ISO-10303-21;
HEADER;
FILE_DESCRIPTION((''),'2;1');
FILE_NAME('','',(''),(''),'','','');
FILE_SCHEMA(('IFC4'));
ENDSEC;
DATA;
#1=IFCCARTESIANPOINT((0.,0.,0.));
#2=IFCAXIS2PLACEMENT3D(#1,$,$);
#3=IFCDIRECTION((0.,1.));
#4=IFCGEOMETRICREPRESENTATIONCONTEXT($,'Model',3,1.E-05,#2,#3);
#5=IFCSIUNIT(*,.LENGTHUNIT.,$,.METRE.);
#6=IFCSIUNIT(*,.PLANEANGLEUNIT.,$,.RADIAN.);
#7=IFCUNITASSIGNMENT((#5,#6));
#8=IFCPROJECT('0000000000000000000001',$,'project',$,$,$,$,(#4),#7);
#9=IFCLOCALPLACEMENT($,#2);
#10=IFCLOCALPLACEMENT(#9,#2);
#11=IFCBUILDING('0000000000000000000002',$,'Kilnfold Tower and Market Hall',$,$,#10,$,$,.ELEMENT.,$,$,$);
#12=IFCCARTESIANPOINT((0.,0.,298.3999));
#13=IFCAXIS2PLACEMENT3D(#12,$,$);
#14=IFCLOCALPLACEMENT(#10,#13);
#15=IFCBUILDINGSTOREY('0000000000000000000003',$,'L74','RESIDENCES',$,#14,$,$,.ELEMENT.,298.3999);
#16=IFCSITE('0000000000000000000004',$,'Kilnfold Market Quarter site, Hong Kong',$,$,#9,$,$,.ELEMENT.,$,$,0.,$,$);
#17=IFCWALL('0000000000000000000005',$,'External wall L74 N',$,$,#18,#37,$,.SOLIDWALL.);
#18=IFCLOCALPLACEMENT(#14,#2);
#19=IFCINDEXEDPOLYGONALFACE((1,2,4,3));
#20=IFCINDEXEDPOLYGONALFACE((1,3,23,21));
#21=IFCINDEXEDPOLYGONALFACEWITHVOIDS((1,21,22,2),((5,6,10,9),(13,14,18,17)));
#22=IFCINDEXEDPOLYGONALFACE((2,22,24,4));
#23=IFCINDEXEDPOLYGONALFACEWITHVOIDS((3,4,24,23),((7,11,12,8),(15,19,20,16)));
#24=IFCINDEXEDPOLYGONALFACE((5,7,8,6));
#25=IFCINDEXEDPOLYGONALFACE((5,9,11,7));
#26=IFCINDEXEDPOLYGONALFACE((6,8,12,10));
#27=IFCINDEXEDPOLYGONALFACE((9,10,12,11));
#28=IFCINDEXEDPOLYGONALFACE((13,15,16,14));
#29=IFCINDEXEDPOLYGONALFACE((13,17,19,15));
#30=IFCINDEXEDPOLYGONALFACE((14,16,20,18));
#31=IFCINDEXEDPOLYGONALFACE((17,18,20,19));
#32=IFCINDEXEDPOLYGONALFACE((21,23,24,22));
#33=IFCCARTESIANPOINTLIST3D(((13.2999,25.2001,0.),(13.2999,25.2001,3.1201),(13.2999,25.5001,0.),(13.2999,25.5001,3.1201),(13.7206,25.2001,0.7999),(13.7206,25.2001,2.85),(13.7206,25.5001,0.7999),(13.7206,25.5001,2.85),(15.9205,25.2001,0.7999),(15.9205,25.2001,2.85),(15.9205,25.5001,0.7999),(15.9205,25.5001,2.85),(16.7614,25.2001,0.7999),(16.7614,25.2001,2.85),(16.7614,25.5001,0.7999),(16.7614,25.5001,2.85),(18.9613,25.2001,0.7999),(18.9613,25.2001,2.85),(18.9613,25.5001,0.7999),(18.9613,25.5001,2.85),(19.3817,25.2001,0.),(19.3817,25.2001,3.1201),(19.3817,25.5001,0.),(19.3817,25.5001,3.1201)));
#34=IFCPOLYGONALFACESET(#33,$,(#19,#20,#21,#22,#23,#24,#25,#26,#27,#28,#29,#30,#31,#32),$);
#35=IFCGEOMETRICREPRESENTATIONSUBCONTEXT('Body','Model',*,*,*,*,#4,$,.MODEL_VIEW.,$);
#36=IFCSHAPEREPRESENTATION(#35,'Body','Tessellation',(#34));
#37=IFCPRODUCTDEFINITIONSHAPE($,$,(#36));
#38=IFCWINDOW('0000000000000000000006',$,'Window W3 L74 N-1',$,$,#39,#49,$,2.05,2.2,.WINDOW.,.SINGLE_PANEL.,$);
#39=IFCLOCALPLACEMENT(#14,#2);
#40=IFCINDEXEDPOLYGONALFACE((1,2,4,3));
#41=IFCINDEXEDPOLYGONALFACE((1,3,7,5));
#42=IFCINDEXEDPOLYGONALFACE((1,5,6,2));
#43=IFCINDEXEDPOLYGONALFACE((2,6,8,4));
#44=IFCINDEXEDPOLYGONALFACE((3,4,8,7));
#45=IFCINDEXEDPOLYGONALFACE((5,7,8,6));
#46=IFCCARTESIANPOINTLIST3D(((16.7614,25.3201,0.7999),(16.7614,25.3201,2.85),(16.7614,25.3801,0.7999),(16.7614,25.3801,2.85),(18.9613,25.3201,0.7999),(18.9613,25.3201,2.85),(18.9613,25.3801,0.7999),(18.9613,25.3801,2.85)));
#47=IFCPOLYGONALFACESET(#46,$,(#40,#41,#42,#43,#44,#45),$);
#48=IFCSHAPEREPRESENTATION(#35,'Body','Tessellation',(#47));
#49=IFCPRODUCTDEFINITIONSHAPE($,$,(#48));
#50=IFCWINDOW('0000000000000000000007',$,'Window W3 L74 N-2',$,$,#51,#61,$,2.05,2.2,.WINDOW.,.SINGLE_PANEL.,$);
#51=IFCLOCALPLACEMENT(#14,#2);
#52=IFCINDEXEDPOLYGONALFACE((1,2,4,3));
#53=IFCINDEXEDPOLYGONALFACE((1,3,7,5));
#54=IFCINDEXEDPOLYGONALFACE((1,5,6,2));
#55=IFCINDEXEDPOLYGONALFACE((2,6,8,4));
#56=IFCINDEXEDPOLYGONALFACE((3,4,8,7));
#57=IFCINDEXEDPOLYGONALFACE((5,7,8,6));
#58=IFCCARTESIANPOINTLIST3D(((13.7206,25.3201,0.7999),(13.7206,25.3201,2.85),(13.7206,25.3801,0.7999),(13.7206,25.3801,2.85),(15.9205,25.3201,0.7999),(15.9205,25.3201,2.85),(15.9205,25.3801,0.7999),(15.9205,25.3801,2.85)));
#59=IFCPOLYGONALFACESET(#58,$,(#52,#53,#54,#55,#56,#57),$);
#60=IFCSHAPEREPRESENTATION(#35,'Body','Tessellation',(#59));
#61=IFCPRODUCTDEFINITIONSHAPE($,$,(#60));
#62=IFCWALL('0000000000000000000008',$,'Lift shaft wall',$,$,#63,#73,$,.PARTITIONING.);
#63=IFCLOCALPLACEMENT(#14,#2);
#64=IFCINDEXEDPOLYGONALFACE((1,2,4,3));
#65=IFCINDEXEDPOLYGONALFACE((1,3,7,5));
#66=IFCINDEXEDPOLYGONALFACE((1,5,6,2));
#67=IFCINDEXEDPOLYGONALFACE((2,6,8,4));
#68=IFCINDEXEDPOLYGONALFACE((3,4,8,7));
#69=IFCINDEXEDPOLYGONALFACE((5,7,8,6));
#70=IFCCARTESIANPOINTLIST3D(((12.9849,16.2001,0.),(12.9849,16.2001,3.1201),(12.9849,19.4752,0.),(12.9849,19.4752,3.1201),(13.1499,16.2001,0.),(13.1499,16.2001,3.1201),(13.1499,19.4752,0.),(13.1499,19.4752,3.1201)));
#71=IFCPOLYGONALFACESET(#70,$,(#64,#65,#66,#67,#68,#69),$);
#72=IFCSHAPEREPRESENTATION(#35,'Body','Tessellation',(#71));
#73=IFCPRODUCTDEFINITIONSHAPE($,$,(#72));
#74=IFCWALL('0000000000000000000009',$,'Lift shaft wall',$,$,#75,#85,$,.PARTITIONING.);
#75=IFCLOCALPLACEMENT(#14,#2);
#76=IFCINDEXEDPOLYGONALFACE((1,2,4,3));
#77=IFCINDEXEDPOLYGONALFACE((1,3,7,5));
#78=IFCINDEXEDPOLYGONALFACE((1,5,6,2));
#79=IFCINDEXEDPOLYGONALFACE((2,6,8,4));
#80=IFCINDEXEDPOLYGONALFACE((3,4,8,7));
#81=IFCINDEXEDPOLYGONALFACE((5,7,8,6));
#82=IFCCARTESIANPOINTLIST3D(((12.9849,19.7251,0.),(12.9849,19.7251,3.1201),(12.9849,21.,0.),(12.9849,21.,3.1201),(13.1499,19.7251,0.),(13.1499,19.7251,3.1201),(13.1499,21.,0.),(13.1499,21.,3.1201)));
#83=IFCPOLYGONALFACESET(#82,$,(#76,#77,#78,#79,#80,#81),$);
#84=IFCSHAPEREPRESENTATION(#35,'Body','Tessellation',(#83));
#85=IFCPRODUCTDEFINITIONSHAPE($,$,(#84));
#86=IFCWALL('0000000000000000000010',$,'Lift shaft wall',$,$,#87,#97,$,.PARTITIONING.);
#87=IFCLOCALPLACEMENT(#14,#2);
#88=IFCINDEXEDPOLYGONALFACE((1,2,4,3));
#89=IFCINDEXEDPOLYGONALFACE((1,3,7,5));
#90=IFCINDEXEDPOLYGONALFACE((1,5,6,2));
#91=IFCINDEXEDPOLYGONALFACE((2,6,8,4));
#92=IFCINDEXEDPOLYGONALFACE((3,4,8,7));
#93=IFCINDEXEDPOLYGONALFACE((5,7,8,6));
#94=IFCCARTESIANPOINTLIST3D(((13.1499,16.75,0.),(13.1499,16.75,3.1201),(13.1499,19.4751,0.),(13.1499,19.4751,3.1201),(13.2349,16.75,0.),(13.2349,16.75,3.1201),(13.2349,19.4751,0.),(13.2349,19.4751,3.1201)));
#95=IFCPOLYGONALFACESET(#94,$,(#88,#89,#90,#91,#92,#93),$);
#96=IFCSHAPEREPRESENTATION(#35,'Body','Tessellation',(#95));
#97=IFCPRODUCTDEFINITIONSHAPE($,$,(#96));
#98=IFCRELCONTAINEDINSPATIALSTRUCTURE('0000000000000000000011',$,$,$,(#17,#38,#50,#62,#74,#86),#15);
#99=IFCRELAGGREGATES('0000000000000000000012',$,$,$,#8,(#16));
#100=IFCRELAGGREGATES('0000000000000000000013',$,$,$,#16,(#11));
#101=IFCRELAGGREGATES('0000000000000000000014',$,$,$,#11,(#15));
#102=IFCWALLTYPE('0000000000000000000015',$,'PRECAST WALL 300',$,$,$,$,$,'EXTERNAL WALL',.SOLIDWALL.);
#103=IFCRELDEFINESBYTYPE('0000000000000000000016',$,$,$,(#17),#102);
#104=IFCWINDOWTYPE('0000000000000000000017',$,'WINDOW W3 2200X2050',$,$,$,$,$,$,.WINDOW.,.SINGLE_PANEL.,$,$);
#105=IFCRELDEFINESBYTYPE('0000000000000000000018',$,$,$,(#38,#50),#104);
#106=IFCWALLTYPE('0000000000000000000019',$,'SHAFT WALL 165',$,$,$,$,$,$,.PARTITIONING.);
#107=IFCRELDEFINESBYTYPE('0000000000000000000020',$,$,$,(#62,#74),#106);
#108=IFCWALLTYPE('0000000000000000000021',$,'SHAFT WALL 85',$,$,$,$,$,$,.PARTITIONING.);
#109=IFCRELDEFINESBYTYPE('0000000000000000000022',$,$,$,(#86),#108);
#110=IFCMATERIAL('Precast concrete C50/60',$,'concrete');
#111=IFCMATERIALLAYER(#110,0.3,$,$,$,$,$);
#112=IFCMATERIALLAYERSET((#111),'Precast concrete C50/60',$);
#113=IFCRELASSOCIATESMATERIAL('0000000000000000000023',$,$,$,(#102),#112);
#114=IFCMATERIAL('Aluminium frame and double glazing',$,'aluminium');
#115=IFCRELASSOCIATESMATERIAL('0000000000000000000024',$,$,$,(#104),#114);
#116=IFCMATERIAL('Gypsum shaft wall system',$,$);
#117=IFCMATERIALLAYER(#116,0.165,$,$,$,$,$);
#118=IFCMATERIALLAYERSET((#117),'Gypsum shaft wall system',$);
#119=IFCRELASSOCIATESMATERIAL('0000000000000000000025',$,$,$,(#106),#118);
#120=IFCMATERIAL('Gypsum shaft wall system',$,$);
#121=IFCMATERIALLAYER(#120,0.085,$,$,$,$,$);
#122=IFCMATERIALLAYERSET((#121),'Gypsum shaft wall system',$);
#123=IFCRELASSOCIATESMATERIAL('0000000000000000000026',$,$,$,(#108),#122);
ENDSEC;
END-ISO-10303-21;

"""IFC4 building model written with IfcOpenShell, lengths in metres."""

from ifc_helpers import new_model, si_unit, direction, frame, frame_2d, origin, place, context, subcontext, project, spatial, rectangle, extrude, source, transform, mapped, material, layer, layer_set, type_object, element, fill, save


model = new_model("IFC4")

# Units and contexts
model_context = context("Model", 3, precision=1e-05, world=origin(), true_north=direction((0.0, 1.0)))
body_context = subcontext(model_context, "Body", "Model", "MODEL_VIEW")
ifc_project = project(units=[si_unit("LENGTHUNIT", "METRE"), si_unit("PLANEANGLEUNIT", "RADIAN")], contexts=[model_context])

# Site, building, storey
site_placement = place(None, origin())
site = spatial("IfcSite", under=ifc_project, at=site_placement, Name="Kilnfold Market Quarter site, Hong Kong", CompositionType="ELEMENT", RefElevation=0.0)
building_placement = place(site_placement, origin())
building = spatial("IfcBuilding", under=site, at=building_placement, Name="Kilnfold Tower and Market Hall", CompositionType="ELEMENT")
storey_placement = place(building_placement, frame((0.0, 0.0, 298.3999)))
storey = spatial("IfcBuildingStorey", under=building, at=storey_placement, Name="L74", Description="RESIDENCES", CompositionType="ELEMENT", Elevation=298.3999)

# Shared definitions
ifc_material_1 = material(Name="Precast concrete C50/60", Category="concrete")
ifc_layer_1 = layer(ifc_material_1, 0.3)
ifc_layer_set_1 = layer_set([ifc_layer_1], Name="Precast concrete C50/60")
wall_type_1 = type_object("IfcWallType", Name="PRECAST WALL 300", ElementType="EXTERNAL WALL", PredefinedType="SOLIDWALL", material=ifc_layer_set_1)
ifc_material_2 = material(Name="Aluminium frame and double glazing", Category="aluminium")
window_type = type_object("IfcWindowType", Name="WINDOW W3 2200X2050", PartitioningType="SINGLE_PANEL", PredefinedType="WINDOW", material=ifc_material_2)

# Wall, openings, windows
shared_shape_1 = source(origin(), body_context, "Body", "SweptSolid", [
    extrude(rectangle(XDim=6.0818, YDim=0.3, at=frame_2d((3.041, 0.0))), origin(), (0.0, 0.0, 1.0), 3.1201),
])
wall_1_placement = place(storey_placement, frame((19.3818, 25.3501, 0.0), z_axis=(0.0, 0.0, 1.0), x_axis=(-1.0, 0.0, 0.0)))
wall_1 = element("IfcWall", 1, at=wall_1_placement, inside=storey, type_object=wall_type_1, Name="External wall L74 N", PredefinedType="SOLIDWALL", context=body_context, shape_type="MappedRepresentation", body=[
    mapped(shared_shape_1, transform((0.0, 0.0, 0.0))),
])
opening_1_placement = place(wall_1_placement, frame((0.4204, 0.0, 0.8)))
opening_1 = element("IfcOpeningElement", 2, at=opening_1_placement, cuts=wall_1, PredefinedType="OPENING", context=body_context, shape_type="SweptSolid", body=[
    extrude(rectangle(XDim=2.2, YDim=2.05, at=frame_2d((1.1001, 1.0249))), frame((0.0, 0.1602, 0.0), z_axis=(0.0, -1.0, 0.0), x_axis=(1.0, 0.0, 0.0)), (0.0, 0.0, 1.0), 0.3201),
])
opening_2_placement = place(wall_1_placement, frame((3.4612, 0.0, 0.8)))
opening_2 = element("IfcOpeningElement", 3, at=opening_2_placement, cuts=wall_1, PredefinedType="OPENING", context=body_context, shape_type="SweptSolid", body=[
    extrude(rectangle(XDim=2.2, YDim=2.05, at=frame_2d((1.1001, 1.0249))), frame((0.0, 0.1602, 0.0), z_axis=(0.0, -1.0, 0.0), x_axis=(1.0, 0.0, 0.0)), (0.0, 0.0, 1.0), 0.3201),
])
window_1_placement = place(opening_1_placement, origin())
window_1 = element("IfcWindow", 4, at=window_1_placement, inside=storey, type_object=window_type, Name="Window W3 L74 N-1", OverallHeight=2.05, OverallWidth=2.2, PartitioningType="SINGLE_PANEL", PredefinedType="WINDOW", context=body_context, shape_type="SweptSolid", body=[
    extrude(rectangle(XDim=2.2, YDim=2.05, at=frame_2d((1.1001, 1.0249))), frame((0.0, 0.03, 0.0), z_axis=(0.0, -1.0, 0.0), x_axis=(1.0, 0.0, 0.0)), (0.0, 0.0, 1.0), 0.0601),
])
fill(opening_1, window_1)
window_2_placement = place(opening_2_placement, origin())
window_2 = element("IfcWindow", 5, at=window_2_placement, inside=storey, type_object=window_type, Name="Window W3 L74 N-2", OverallHeight=2.05, OverallWidth=2.2, PartitioningType="SINGLE_PANEL", PredefinedType="WINDOW", context=body_context, shape_type="SweptSolid", body=[
    extrude(rectangle(XDim=2.2, YDim=2.05, at=frame_2d((1.1001, 1.0249))), frame((0.0, 0.03, 0.0), z_axis=(0.0, -1.0, 0.0), x_axis=(1.0, 0.0, 0.0)), (0.0, 0.0, 1.0), 0.0601),
])
fill(opening_2, window_2)

# Walls
ifc_material_3 = material(Name="Gypsum shaft wall system")
ifc_layer_2 = layer(ifc_material_3, 0.165)
ifc_layer_set_2 = layer_set([ifc_layer_2], Name="Gypsum shaft wall system")
wall_type_2 = type_object("IfcWallType", Name="SHAFT WALL 165", PredefinedType="PARTITIONING", material=ifc_layer_set_2)
shared_shape_2 = source(origin(), body_context, "Body", "SweptSolid", [
    extrude(rectangle(XDim=3.2751, YDim=0.165, at=frame_2d((1.6377, 0.0))), origin(), (0.0, 0.0, 1.0), 3.1201),
])
wall_2_placement = place(storey_placement, frame((13.0674, 16.2, 0.0), z_axis=(0.0, 0.0, 1.0), x_axis=(0.0, 1.0, 0.0)))
element("IfcWall", 6, at=wall_2_placement, inside=storey, type_object=wall_type_2, Name="Lift shaft wall", PredefinedType="PARTITIONING", context=body_context, shape_type="MappedRepresentation", body=[
    mapped(shared_shape_2, transform((0.0, 0.0, 0.0))),
])
shared_shape_3 = source(origin(), body_context, "Body", "SweptSolid", [
    extrude(rectangle(XDim=1.2749, YDim=0.165, at=frame_2d((0.6375, 0.0))), origin(), (0.0, 0.0, 1.0), 3.1201),
])
wall_3_placement = place(storey_placement, frame((13.0674, 19.7251, 0.0), z_axis=(0.0, 0.0, 1.0), x_axis=(0.0, 1.0, 0.0)))
element("IfcWall", 7, at=wall_3_placement, inside=storey, type_object=wall_type_2, Name="Lift shaft wall", PredefinedType="PARTITIONING", context=body_context, shape_type="MappedRepresentation", body=[
    mapped(shared_shape_3, transform((0.0, 0.0, 0.0))),
])
ifc_material_4 = material(Name="Gypsum shaft wall system")
ifc_layer_3 = layer(ifc_material_4, 0.085)
ifc_layer_set_3 = layer_set([ifc_layer_3], Name="Gypsum shaft wall system")
wall_type_3 = type_object("IfcWallType", Name="SHAFT WALL 85", PredefinedType="PARTITIONING", material=ifc_layer_set_3)
shared_shape_4 = source(origin(), body_context, "Body", "SweptSolid", [
    extrude(rectangle(XDim=2.7251, YDim=0.085, at=frame_2d((1.3625, 0.0))), origin(), (0.0, 0.0, 1.0), 3.1201),
])
wall_4_placement = place(storey_placement, frame((13.1924, 16.75, 0.0), z_axis=(0.0, 0.0, 1.0), x_axis=(0.0, 1.0, 0.0)))
element("IfcWall", 8, at=wall_4_placement, inside=storey, type_object=wall_type_3, Name="Lift shaft wall", PredefinedType="PARTITIONING", context=body_context, shape_type="MappedRepresentation", body=[
    mapped(shared_shape_4, transform((0.0, 0.0, 0.0))),
])

save(model, "model.ifc")
